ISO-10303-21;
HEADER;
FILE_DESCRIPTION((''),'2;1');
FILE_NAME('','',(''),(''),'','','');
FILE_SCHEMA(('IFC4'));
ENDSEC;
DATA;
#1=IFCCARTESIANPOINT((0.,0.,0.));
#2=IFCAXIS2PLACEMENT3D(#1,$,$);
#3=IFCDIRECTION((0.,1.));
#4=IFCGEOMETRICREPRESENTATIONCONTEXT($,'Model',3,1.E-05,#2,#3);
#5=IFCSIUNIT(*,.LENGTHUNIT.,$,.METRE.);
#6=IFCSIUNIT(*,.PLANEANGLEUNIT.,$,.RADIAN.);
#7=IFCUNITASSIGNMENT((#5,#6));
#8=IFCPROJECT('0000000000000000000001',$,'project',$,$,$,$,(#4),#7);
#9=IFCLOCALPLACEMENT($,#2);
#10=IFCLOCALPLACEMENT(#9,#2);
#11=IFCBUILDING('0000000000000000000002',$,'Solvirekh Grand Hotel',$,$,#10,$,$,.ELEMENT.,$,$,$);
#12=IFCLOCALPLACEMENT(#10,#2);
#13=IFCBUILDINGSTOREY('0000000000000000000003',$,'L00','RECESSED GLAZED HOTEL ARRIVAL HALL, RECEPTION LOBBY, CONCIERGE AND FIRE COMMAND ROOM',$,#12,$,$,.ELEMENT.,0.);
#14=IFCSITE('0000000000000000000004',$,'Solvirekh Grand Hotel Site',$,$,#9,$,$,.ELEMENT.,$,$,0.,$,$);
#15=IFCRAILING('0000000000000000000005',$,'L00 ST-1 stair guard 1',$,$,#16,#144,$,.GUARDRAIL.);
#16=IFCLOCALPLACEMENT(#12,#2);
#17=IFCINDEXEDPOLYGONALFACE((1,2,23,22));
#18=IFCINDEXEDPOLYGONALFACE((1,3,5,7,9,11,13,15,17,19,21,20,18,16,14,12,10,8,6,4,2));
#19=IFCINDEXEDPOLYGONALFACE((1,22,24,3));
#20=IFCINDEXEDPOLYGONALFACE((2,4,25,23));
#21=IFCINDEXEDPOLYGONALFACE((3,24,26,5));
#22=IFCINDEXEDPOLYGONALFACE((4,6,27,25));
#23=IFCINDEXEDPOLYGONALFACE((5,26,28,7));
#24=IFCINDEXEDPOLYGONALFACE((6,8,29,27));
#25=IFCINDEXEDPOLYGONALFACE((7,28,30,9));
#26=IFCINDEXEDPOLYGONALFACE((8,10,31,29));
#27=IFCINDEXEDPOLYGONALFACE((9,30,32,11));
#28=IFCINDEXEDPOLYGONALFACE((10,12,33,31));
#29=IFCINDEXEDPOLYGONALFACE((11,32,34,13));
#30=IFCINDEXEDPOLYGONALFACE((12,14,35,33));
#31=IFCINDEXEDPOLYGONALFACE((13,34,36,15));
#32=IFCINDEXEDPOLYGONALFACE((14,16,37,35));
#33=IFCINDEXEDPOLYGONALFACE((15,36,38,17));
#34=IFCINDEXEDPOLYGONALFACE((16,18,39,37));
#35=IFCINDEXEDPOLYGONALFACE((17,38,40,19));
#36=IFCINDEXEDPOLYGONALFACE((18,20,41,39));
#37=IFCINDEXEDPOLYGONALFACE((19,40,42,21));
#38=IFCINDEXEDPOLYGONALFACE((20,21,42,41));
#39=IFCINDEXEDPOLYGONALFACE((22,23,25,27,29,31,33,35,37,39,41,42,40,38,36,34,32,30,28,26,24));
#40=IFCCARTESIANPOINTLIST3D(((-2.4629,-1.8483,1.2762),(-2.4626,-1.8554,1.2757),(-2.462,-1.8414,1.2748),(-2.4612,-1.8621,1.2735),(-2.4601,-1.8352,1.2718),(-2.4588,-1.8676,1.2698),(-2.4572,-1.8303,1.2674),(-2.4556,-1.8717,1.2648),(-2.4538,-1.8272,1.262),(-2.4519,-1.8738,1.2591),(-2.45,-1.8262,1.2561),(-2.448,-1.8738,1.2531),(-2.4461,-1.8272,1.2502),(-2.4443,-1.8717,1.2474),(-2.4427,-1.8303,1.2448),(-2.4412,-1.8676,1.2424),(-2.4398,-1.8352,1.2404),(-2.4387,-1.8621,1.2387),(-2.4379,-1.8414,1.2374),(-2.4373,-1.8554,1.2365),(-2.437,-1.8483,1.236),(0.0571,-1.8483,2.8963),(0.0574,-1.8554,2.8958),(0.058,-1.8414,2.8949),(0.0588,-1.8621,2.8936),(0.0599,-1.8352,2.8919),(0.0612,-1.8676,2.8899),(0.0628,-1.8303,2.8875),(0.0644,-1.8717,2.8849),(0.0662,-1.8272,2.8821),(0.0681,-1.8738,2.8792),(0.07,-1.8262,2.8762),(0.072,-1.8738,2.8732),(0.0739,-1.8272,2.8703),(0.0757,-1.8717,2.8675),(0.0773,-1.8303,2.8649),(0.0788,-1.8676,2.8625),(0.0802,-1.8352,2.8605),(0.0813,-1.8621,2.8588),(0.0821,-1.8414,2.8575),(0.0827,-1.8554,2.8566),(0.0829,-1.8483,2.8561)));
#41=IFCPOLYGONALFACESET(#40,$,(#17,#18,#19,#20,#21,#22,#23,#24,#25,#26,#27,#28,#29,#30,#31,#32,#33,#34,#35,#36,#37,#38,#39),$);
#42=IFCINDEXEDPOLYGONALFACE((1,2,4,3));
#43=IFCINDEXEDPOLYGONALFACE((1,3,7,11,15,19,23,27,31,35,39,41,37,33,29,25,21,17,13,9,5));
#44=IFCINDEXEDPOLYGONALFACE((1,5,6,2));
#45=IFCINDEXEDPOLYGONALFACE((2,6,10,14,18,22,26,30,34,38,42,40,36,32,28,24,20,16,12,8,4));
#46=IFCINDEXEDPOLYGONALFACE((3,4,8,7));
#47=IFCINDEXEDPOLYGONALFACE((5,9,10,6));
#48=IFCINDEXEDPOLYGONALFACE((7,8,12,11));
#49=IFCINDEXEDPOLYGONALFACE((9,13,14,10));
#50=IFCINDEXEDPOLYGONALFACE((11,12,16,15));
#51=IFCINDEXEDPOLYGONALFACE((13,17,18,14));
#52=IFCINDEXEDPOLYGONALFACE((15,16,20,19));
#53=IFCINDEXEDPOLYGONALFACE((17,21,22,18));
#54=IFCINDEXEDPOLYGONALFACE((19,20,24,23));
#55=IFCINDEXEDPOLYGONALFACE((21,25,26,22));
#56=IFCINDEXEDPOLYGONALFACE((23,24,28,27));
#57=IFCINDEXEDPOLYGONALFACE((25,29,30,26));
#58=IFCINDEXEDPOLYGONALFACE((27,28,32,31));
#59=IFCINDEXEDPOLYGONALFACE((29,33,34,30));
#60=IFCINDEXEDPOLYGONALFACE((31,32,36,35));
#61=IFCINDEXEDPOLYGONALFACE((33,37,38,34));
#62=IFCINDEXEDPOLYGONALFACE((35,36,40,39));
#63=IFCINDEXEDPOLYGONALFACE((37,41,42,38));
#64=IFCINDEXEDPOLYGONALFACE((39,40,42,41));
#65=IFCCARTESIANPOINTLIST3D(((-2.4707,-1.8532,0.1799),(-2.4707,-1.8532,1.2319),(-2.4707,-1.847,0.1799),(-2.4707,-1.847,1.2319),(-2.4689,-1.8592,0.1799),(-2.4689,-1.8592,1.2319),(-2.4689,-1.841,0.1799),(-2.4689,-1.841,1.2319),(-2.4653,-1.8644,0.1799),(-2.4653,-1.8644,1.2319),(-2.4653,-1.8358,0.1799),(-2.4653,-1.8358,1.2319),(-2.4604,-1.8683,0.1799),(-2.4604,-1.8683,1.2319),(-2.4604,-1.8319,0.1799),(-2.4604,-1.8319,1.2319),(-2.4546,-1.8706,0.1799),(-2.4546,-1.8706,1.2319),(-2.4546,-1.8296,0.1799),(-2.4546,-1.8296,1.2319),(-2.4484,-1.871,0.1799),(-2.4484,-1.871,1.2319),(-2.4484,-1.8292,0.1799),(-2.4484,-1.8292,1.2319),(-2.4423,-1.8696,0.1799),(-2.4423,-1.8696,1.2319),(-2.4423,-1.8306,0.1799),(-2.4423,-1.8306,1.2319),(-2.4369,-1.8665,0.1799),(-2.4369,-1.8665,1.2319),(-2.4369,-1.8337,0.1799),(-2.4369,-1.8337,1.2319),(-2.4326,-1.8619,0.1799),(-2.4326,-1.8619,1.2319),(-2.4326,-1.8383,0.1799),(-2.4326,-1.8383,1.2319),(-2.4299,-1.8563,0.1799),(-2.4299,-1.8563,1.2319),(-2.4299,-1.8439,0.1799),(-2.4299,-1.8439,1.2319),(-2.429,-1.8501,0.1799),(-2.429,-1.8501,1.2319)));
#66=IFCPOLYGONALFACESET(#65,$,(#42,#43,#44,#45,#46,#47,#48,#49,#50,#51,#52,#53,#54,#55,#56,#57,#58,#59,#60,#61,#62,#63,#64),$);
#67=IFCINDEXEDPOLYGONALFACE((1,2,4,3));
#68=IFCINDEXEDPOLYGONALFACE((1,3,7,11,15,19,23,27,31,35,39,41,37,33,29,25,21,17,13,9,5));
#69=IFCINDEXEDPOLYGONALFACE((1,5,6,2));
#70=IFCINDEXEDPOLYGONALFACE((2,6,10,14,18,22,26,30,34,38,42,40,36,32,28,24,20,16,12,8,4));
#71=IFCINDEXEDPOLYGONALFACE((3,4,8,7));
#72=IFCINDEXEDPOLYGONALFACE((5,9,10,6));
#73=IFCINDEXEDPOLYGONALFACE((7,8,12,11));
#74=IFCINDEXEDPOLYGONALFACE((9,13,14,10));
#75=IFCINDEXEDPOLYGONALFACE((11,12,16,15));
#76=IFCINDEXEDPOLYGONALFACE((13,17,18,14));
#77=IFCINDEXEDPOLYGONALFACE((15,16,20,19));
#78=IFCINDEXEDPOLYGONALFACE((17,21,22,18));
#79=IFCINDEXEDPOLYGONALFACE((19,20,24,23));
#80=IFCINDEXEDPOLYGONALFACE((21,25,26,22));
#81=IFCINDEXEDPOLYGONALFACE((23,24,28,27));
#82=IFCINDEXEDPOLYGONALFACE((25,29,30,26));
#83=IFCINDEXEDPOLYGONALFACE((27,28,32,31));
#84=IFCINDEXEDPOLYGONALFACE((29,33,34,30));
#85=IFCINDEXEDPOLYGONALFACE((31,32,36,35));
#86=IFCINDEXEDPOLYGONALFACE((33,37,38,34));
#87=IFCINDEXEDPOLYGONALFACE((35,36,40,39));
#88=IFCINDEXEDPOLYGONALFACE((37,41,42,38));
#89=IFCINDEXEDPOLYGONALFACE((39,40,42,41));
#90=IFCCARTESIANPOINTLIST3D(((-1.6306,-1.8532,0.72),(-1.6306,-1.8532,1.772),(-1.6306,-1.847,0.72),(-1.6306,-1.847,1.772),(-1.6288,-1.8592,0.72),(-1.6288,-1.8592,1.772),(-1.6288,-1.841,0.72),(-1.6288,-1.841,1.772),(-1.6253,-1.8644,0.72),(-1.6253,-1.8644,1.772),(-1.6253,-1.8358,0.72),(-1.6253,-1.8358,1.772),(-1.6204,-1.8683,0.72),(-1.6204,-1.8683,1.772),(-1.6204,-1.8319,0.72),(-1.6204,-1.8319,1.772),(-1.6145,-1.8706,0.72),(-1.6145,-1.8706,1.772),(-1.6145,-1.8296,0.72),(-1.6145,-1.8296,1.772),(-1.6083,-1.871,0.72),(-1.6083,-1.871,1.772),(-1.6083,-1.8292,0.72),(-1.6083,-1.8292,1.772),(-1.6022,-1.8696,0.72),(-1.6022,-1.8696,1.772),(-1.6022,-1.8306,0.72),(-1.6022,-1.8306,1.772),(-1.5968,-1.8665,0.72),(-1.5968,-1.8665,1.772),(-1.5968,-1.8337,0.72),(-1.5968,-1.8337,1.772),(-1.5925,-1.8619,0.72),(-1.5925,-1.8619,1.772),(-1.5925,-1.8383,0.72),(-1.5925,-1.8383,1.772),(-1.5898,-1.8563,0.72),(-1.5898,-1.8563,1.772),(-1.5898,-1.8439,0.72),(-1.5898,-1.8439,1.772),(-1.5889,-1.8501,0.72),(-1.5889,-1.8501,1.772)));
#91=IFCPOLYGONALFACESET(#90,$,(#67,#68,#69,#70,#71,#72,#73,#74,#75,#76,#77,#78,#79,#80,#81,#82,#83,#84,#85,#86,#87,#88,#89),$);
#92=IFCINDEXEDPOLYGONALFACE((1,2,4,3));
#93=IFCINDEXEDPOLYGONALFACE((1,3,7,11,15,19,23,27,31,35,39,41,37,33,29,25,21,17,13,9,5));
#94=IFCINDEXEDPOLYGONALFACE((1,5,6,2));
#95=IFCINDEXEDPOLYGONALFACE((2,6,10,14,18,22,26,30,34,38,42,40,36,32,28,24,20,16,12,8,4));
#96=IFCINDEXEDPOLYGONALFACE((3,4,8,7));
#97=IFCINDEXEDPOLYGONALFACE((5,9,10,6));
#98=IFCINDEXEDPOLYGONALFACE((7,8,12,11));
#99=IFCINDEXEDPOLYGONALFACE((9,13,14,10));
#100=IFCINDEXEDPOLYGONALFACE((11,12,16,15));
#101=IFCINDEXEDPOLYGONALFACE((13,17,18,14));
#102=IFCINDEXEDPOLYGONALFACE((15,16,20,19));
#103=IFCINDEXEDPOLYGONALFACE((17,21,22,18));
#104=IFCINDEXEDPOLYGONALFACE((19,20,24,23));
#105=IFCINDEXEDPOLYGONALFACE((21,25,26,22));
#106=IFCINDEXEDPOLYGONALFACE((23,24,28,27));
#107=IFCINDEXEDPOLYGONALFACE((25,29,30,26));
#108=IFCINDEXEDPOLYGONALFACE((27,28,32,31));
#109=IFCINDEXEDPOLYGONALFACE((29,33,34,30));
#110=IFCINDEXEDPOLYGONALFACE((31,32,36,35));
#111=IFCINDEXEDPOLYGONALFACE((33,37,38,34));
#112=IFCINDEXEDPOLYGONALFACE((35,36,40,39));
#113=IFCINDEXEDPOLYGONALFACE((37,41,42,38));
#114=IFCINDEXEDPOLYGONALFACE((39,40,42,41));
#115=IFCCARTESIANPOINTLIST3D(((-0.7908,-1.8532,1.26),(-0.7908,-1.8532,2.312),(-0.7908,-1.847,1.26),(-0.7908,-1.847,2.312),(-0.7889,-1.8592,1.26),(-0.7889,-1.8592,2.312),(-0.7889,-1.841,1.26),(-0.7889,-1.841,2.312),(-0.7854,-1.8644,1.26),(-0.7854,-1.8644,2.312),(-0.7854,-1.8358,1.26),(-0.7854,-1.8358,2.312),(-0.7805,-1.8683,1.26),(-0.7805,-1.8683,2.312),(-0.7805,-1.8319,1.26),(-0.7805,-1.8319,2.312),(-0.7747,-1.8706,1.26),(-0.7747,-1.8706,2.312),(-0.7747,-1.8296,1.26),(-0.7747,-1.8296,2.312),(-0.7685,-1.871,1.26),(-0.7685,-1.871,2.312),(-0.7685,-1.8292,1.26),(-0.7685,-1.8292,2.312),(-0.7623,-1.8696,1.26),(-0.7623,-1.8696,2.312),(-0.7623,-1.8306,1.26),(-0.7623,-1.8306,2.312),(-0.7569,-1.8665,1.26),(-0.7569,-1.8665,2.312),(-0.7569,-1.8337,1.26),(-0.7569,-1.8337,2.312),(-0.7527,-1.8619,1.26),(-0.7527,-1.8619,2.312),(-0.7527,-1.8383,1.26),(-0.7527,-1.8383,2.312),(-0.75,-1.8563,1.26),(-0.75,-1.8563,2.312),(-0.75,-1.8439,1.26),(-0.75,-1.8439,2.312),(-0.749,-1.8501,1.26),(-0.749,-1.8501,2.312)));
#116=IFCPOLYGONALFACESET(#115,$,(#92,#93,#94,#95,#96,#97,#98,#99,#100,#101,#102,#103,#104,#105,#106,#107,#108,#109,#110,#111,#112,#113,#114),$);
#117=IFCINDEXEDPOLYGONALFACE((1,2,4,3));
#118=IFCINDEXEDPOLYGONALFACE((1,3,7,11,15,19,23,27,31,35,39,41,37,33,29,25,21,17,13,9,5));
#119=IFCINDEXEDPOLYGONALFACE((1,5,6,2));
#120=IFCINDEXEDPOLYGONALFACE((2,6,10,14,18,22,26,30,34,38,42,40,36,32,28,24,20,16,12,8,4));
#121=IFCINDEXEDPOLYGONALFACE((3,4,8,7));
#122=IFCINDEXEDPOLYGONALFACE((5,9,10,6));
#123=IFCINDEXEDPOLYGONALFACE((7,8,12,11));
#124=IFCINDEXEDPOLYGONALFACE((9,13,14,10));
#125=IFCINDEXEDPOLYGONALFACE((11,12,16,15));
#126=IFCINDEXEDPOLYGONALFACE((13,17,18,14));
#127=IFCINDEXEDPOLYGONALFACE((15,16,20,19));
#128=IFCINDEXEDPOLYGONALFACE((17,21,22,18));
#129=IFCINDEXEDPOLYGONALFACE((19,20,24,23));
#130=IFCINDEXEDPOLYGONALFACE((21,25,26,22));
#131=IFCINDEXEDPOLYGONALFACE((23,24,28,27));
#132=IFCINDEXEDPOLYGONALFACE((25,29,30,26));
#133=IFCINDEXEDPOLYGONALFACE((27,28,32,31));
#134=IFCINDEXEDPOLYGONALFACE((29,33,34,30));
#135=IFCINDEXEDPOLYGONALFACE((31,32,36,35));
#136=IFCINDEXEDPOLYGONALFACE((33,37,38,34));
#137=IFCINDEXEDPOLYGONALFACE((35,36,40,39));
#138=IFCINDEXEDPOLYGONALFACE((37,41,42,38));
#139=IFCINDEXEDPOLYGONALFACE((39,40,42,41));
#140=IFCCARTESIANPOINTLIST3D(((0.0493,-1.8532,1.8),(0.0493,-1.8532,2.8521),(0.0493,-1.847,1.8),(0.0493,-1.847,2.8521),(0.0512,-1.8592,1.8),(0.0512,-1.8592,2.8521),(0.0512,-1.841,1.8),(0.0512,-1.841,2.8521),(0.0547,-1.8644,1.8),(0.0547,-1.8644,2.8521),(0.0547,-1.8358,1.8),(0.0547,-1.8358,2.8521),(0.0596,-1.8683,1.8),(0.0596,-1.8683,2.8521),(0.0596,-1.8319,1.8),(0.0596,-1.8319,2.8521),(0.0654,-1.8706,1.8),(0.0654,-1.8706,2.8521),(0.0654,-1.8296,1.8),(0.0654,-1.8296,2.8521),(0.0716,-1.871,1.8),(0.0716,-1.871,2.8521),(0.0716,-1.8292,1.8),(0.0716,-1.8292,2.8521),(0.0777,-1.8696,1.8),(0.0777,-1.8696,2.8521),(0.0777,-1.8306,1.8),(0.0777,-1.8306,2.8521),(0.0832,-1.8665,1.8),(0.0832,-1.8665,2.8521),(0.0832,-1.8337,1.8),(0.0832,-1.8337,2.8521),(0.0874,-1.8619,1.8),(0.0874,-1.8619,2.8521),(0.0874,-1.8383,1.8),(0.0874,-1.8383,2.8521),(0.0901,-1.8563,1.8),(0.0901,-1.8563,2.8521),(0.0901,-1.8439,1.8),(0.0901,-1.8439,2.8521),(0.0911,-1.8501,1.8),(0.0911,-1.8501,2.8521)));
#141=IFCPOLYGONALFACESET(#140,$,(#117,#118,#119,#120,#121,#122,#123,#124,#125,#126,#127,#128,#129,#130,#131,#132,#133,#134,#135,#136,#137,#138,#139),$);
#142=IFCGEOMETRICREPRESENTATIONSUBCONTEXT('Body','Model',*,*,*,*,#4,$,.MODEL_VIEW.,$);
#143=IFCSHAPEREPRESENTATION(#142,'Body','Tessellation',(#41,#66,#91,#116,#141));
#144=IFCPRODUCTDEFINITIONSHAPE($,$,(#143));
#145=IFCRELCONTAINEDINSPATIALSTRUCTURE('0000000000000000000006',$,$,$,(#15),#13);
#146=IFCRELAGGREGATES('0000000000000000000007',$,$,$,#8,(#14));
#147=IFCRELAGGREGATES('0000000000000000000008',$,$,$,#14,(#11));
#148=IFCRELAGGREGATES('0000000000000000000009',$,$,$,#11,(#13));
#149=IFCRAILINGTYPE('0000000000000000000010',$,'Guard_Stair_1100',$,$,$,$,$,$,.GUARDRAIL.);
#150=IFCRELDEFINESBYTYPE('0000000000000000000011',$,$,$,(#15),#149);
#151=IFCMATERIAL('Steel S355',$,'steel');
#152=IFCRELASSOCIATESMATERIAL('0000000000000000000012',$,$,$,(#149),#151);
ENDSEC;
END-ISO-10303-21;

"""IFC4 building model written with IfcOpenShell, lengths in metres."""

from ifc_helpers import new_model, si_unit, direction, frame, origin, origin_2d, place, context, subcontext, project, spatial, circle, extrude, material, type_object, element, save


model = new_model("IFC4")

# Units and contexts
model_context = context("Model", 3, precision=1e-05, world=origin(), true_north=direction((0.0, 1.0)))
body_context = subcontext(model_context, "Body", "Model", "MODEL_VIEW")
ifc_project = project(units=[si_unit("LENGTHUNIT", "METRE"), si_unit("PLANEANGLEUNIT", "RADIAN")], contexts=[model_context])

# Site, building, storey
site_placement = place(None, origin())
site = spatial("IfcSite", under=ifc_project, at=site_placement, Name="Solvirekh Grand Hotel Site", CompositionType="ELEMENT", RefElevation=0.0)
building_placement = place(site_placement, origin())
building = spatial("IfcBuilding", under=site, at=building_placement, Name="Solvirekh Grand Hotel", CompositionType="ELEMENT")
storey_placement = place(building_placement, origin())
storey = spatial("IfcBuildingStorey", under=building, at=storey_placement, Name="L00", Description="RECESSED GLAZED HOTEL ARRIVAL HALL, RECEPTION LOBBY, CONCIERGE AND FIRE COMMAND ROOM", CompositionType="ELEMENT", Elevation=0.0)

# Railing
ifc_material_1 = material(Name="Steel S355", Category="steel")
railing_type_1 = type_object("IfcRailingType", Name="Guard_Stair_1100", PredefinedType="GUARDRAIL", material=ifc_material_1)
for number, where, name in (
    (1, (-2.45, -1.8501, 0.1799), "L00 ST-1 stair guard 1"),
):
    element("IfcRailing", number, at=place(storey_placement, frame(where)), inside=storey, type_object=railing_type_1, Name=name, PredefinedType="GUARDRAIL", context=body_context, shape_type="SweptSolid", body=[
        extrude(circle(Radius=0.0239, at=origin_2d()), frame((0.0, 0.0, 1.0762), z_axis=(0.841163, 0.0, 0.540782), x_axis=(0.0, 1.0, 0.0)), (0.0, 0.0, 1.0), 2.9958),
        extrude(circle(Radius=0.021, at=origin_2d()), origin(), (0.0, 0.0, 1.0), 1.052),
        extrude(circle(Radius=0.021, at=origin_2d()), frame((0.8401, 0.0, 0.54)), (0.0, 0.0, 1.0), 1.052),
        extrude(circle(Radius=0.021, at=origin_2d()), frame((1.6799, 0.0, 1.0801)), (0.0, 0.0, 1.0), 1.052),
        extrude(circle(Radius=0.021, at=origin_2d()), frame((2.52, 0.0, 1.6201)), (0.0, 0.0, 1.0), 1.052),
    ])

save(model, "model.ifc")
